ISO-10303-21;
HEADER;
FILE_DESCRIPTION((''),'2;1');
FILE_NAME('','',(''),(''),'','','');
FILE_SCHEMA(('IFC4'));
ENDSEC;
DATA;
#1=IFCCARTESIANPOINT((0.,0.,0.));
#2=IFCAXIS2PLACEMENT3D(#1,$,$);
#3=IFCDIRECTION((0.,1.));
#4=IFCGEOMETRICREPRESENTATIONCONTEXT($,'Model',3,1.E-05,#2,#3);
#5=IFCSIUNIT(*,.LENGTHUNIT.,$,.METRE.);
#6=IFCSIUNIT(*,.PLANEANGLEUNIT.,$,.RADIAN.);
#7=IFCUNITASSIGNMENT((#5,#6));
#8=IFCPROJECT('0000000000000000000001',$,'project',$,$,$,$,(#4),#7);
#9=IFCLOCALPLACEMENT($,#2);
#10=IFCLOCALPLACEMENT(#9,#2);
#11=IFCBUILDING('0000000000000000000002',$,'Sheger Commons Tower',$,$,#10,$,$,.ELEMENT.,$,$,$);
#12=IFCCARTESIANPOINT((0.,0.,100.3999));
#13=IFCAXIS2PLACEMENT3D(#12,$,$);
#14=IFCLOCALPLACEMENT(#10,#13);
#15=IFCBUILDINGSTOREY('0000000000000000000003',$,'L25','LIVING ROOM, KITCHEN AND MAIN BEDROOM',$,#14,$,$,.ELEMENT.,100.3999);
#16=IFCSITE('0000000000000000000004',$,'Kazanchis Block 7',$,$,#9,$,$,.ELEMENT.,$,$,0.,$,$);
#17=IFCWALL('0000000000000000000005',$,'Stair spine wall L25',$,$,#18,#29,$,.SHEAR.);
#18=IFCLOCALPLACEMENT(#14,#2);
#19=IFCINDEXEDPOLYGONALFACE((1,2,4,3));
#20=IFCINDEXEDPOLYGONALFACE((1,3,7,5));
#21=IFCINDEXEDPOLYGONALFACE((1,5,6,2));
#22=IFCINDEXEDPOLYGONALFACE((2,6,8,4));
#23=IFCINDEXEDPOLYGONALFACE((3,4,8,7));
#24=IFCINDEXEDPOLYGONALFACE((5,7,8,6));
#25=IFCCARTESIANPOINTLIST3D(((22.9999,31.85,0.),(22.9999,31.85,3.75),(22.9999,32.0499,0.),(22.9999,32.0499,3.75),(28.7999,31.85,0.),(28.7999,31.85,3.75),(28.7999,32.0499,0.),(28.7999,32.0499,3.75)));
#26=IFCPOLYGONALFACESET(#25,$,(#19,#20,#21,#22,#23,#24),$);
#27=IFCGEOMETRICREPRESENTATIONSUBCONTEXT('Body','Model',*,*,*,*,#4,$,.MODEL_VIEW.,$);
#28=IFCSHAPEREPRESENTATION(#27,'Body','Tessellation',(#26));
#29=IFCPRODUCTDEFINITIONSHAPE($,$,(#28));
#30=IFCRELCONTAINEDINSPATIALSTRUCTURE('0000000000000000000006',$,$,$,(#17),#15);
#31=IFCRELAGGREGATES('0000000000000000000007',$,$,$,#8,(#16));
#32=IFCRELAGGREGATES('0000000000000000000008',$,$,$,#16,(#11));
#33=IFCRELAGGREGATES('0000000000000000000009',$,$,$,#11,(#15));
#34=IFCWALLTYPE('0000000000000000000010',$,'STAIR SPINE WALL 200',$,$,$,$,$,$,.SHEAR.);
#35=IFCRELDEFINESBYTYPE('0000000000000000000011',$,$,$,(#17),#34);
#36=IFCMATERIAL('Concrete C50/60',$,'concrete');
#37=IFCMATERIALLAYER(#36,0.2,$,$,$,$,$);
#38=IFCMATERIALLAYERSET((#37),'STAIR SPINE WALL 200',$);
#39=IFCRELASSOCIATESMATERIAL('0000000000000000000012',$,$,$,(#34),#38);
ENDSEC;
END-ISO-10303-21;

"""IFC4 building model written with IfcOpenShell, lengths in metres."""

from ifc_helpers import new_model, si_unit, direction, frame, frame_2d, origin, place, context, subcontext, project, spatial, rectangle, extrude, material, layer, layer_set, type_object, element, save


model = new_model("IFC4")

# Units and contexts
model_context = context("Model", 3, precision=1e-05, world=origin(), true_north=direction((0.0, 1.0)))
body_context = subcontext(model_context, "Body", "Model", "MODEL_VIEW")
ifc_project = project(units=[si_unit("LENGTHUNIT", "METRE"), si_unit("PLANEANGLEUNIT", "RADIAN")], contexts=[model_context])

# Site, building, storey
site_placement = place(None, origin())
site = spatial("IfcSite", under=ifc_project, at=site_placement, Name="Kazanchis Block 7", CompositionType="ELEMENT", RefElevation=0.0)
building_placement = place(site_placement, origin())
building = spatial("IfcBuilding", under=site, at=building_placement, Name="Sheger Commons Tower", CompositionType="ELEMENT")
storey_placement = place(building_placement, frame((0.0, 0.0, 100.3999)))
storey = spatial("IfcBuildingStorey", under=building, at=storey_placement, Name="L25", Description="LIVING ROOM, KITCHEN AND MAIN BEDROOM", CompositionType="ELEMENT", Elevation=100.3999)

# Wall
ifc_material_1 = material(Name="Concrete C50/60", Category="concrete")
ifc_layer_1 = layer(ifc_material_1, 0.2)
ifc_layer_set_1 = layer_set([ifc_layer_1], Name="STAIR SPINE WALL 200")
wall_type_1 = type_object("IfcWallType", Name="STAIR SPINE WALL 200", PredefinedType="SHEAR", material=ifc_layer_set_1)
wall_1_placement = place(storey_placement, frame((23.0, 31.95, 0.0), z_axis=(0.0, 0.0, 1.0), x_axis=(1.0, 0.0, 0.0)))
element("IfcWall", 1, at=wall_1_placement, inside=storey, type_object=wall_type_1, Name="Stair spine wall L25", PredefinedType="SHEAR", context=body_context, shape_type="SweptSolid", body=[
    extrude(rectangle(XDim=5.8, YDim=0.2, at=frame_2d((2.8999, 0.0))), origin(), (0.0, 0.0, 1.0), 3.75),
])

save(model, "model.ifc")
